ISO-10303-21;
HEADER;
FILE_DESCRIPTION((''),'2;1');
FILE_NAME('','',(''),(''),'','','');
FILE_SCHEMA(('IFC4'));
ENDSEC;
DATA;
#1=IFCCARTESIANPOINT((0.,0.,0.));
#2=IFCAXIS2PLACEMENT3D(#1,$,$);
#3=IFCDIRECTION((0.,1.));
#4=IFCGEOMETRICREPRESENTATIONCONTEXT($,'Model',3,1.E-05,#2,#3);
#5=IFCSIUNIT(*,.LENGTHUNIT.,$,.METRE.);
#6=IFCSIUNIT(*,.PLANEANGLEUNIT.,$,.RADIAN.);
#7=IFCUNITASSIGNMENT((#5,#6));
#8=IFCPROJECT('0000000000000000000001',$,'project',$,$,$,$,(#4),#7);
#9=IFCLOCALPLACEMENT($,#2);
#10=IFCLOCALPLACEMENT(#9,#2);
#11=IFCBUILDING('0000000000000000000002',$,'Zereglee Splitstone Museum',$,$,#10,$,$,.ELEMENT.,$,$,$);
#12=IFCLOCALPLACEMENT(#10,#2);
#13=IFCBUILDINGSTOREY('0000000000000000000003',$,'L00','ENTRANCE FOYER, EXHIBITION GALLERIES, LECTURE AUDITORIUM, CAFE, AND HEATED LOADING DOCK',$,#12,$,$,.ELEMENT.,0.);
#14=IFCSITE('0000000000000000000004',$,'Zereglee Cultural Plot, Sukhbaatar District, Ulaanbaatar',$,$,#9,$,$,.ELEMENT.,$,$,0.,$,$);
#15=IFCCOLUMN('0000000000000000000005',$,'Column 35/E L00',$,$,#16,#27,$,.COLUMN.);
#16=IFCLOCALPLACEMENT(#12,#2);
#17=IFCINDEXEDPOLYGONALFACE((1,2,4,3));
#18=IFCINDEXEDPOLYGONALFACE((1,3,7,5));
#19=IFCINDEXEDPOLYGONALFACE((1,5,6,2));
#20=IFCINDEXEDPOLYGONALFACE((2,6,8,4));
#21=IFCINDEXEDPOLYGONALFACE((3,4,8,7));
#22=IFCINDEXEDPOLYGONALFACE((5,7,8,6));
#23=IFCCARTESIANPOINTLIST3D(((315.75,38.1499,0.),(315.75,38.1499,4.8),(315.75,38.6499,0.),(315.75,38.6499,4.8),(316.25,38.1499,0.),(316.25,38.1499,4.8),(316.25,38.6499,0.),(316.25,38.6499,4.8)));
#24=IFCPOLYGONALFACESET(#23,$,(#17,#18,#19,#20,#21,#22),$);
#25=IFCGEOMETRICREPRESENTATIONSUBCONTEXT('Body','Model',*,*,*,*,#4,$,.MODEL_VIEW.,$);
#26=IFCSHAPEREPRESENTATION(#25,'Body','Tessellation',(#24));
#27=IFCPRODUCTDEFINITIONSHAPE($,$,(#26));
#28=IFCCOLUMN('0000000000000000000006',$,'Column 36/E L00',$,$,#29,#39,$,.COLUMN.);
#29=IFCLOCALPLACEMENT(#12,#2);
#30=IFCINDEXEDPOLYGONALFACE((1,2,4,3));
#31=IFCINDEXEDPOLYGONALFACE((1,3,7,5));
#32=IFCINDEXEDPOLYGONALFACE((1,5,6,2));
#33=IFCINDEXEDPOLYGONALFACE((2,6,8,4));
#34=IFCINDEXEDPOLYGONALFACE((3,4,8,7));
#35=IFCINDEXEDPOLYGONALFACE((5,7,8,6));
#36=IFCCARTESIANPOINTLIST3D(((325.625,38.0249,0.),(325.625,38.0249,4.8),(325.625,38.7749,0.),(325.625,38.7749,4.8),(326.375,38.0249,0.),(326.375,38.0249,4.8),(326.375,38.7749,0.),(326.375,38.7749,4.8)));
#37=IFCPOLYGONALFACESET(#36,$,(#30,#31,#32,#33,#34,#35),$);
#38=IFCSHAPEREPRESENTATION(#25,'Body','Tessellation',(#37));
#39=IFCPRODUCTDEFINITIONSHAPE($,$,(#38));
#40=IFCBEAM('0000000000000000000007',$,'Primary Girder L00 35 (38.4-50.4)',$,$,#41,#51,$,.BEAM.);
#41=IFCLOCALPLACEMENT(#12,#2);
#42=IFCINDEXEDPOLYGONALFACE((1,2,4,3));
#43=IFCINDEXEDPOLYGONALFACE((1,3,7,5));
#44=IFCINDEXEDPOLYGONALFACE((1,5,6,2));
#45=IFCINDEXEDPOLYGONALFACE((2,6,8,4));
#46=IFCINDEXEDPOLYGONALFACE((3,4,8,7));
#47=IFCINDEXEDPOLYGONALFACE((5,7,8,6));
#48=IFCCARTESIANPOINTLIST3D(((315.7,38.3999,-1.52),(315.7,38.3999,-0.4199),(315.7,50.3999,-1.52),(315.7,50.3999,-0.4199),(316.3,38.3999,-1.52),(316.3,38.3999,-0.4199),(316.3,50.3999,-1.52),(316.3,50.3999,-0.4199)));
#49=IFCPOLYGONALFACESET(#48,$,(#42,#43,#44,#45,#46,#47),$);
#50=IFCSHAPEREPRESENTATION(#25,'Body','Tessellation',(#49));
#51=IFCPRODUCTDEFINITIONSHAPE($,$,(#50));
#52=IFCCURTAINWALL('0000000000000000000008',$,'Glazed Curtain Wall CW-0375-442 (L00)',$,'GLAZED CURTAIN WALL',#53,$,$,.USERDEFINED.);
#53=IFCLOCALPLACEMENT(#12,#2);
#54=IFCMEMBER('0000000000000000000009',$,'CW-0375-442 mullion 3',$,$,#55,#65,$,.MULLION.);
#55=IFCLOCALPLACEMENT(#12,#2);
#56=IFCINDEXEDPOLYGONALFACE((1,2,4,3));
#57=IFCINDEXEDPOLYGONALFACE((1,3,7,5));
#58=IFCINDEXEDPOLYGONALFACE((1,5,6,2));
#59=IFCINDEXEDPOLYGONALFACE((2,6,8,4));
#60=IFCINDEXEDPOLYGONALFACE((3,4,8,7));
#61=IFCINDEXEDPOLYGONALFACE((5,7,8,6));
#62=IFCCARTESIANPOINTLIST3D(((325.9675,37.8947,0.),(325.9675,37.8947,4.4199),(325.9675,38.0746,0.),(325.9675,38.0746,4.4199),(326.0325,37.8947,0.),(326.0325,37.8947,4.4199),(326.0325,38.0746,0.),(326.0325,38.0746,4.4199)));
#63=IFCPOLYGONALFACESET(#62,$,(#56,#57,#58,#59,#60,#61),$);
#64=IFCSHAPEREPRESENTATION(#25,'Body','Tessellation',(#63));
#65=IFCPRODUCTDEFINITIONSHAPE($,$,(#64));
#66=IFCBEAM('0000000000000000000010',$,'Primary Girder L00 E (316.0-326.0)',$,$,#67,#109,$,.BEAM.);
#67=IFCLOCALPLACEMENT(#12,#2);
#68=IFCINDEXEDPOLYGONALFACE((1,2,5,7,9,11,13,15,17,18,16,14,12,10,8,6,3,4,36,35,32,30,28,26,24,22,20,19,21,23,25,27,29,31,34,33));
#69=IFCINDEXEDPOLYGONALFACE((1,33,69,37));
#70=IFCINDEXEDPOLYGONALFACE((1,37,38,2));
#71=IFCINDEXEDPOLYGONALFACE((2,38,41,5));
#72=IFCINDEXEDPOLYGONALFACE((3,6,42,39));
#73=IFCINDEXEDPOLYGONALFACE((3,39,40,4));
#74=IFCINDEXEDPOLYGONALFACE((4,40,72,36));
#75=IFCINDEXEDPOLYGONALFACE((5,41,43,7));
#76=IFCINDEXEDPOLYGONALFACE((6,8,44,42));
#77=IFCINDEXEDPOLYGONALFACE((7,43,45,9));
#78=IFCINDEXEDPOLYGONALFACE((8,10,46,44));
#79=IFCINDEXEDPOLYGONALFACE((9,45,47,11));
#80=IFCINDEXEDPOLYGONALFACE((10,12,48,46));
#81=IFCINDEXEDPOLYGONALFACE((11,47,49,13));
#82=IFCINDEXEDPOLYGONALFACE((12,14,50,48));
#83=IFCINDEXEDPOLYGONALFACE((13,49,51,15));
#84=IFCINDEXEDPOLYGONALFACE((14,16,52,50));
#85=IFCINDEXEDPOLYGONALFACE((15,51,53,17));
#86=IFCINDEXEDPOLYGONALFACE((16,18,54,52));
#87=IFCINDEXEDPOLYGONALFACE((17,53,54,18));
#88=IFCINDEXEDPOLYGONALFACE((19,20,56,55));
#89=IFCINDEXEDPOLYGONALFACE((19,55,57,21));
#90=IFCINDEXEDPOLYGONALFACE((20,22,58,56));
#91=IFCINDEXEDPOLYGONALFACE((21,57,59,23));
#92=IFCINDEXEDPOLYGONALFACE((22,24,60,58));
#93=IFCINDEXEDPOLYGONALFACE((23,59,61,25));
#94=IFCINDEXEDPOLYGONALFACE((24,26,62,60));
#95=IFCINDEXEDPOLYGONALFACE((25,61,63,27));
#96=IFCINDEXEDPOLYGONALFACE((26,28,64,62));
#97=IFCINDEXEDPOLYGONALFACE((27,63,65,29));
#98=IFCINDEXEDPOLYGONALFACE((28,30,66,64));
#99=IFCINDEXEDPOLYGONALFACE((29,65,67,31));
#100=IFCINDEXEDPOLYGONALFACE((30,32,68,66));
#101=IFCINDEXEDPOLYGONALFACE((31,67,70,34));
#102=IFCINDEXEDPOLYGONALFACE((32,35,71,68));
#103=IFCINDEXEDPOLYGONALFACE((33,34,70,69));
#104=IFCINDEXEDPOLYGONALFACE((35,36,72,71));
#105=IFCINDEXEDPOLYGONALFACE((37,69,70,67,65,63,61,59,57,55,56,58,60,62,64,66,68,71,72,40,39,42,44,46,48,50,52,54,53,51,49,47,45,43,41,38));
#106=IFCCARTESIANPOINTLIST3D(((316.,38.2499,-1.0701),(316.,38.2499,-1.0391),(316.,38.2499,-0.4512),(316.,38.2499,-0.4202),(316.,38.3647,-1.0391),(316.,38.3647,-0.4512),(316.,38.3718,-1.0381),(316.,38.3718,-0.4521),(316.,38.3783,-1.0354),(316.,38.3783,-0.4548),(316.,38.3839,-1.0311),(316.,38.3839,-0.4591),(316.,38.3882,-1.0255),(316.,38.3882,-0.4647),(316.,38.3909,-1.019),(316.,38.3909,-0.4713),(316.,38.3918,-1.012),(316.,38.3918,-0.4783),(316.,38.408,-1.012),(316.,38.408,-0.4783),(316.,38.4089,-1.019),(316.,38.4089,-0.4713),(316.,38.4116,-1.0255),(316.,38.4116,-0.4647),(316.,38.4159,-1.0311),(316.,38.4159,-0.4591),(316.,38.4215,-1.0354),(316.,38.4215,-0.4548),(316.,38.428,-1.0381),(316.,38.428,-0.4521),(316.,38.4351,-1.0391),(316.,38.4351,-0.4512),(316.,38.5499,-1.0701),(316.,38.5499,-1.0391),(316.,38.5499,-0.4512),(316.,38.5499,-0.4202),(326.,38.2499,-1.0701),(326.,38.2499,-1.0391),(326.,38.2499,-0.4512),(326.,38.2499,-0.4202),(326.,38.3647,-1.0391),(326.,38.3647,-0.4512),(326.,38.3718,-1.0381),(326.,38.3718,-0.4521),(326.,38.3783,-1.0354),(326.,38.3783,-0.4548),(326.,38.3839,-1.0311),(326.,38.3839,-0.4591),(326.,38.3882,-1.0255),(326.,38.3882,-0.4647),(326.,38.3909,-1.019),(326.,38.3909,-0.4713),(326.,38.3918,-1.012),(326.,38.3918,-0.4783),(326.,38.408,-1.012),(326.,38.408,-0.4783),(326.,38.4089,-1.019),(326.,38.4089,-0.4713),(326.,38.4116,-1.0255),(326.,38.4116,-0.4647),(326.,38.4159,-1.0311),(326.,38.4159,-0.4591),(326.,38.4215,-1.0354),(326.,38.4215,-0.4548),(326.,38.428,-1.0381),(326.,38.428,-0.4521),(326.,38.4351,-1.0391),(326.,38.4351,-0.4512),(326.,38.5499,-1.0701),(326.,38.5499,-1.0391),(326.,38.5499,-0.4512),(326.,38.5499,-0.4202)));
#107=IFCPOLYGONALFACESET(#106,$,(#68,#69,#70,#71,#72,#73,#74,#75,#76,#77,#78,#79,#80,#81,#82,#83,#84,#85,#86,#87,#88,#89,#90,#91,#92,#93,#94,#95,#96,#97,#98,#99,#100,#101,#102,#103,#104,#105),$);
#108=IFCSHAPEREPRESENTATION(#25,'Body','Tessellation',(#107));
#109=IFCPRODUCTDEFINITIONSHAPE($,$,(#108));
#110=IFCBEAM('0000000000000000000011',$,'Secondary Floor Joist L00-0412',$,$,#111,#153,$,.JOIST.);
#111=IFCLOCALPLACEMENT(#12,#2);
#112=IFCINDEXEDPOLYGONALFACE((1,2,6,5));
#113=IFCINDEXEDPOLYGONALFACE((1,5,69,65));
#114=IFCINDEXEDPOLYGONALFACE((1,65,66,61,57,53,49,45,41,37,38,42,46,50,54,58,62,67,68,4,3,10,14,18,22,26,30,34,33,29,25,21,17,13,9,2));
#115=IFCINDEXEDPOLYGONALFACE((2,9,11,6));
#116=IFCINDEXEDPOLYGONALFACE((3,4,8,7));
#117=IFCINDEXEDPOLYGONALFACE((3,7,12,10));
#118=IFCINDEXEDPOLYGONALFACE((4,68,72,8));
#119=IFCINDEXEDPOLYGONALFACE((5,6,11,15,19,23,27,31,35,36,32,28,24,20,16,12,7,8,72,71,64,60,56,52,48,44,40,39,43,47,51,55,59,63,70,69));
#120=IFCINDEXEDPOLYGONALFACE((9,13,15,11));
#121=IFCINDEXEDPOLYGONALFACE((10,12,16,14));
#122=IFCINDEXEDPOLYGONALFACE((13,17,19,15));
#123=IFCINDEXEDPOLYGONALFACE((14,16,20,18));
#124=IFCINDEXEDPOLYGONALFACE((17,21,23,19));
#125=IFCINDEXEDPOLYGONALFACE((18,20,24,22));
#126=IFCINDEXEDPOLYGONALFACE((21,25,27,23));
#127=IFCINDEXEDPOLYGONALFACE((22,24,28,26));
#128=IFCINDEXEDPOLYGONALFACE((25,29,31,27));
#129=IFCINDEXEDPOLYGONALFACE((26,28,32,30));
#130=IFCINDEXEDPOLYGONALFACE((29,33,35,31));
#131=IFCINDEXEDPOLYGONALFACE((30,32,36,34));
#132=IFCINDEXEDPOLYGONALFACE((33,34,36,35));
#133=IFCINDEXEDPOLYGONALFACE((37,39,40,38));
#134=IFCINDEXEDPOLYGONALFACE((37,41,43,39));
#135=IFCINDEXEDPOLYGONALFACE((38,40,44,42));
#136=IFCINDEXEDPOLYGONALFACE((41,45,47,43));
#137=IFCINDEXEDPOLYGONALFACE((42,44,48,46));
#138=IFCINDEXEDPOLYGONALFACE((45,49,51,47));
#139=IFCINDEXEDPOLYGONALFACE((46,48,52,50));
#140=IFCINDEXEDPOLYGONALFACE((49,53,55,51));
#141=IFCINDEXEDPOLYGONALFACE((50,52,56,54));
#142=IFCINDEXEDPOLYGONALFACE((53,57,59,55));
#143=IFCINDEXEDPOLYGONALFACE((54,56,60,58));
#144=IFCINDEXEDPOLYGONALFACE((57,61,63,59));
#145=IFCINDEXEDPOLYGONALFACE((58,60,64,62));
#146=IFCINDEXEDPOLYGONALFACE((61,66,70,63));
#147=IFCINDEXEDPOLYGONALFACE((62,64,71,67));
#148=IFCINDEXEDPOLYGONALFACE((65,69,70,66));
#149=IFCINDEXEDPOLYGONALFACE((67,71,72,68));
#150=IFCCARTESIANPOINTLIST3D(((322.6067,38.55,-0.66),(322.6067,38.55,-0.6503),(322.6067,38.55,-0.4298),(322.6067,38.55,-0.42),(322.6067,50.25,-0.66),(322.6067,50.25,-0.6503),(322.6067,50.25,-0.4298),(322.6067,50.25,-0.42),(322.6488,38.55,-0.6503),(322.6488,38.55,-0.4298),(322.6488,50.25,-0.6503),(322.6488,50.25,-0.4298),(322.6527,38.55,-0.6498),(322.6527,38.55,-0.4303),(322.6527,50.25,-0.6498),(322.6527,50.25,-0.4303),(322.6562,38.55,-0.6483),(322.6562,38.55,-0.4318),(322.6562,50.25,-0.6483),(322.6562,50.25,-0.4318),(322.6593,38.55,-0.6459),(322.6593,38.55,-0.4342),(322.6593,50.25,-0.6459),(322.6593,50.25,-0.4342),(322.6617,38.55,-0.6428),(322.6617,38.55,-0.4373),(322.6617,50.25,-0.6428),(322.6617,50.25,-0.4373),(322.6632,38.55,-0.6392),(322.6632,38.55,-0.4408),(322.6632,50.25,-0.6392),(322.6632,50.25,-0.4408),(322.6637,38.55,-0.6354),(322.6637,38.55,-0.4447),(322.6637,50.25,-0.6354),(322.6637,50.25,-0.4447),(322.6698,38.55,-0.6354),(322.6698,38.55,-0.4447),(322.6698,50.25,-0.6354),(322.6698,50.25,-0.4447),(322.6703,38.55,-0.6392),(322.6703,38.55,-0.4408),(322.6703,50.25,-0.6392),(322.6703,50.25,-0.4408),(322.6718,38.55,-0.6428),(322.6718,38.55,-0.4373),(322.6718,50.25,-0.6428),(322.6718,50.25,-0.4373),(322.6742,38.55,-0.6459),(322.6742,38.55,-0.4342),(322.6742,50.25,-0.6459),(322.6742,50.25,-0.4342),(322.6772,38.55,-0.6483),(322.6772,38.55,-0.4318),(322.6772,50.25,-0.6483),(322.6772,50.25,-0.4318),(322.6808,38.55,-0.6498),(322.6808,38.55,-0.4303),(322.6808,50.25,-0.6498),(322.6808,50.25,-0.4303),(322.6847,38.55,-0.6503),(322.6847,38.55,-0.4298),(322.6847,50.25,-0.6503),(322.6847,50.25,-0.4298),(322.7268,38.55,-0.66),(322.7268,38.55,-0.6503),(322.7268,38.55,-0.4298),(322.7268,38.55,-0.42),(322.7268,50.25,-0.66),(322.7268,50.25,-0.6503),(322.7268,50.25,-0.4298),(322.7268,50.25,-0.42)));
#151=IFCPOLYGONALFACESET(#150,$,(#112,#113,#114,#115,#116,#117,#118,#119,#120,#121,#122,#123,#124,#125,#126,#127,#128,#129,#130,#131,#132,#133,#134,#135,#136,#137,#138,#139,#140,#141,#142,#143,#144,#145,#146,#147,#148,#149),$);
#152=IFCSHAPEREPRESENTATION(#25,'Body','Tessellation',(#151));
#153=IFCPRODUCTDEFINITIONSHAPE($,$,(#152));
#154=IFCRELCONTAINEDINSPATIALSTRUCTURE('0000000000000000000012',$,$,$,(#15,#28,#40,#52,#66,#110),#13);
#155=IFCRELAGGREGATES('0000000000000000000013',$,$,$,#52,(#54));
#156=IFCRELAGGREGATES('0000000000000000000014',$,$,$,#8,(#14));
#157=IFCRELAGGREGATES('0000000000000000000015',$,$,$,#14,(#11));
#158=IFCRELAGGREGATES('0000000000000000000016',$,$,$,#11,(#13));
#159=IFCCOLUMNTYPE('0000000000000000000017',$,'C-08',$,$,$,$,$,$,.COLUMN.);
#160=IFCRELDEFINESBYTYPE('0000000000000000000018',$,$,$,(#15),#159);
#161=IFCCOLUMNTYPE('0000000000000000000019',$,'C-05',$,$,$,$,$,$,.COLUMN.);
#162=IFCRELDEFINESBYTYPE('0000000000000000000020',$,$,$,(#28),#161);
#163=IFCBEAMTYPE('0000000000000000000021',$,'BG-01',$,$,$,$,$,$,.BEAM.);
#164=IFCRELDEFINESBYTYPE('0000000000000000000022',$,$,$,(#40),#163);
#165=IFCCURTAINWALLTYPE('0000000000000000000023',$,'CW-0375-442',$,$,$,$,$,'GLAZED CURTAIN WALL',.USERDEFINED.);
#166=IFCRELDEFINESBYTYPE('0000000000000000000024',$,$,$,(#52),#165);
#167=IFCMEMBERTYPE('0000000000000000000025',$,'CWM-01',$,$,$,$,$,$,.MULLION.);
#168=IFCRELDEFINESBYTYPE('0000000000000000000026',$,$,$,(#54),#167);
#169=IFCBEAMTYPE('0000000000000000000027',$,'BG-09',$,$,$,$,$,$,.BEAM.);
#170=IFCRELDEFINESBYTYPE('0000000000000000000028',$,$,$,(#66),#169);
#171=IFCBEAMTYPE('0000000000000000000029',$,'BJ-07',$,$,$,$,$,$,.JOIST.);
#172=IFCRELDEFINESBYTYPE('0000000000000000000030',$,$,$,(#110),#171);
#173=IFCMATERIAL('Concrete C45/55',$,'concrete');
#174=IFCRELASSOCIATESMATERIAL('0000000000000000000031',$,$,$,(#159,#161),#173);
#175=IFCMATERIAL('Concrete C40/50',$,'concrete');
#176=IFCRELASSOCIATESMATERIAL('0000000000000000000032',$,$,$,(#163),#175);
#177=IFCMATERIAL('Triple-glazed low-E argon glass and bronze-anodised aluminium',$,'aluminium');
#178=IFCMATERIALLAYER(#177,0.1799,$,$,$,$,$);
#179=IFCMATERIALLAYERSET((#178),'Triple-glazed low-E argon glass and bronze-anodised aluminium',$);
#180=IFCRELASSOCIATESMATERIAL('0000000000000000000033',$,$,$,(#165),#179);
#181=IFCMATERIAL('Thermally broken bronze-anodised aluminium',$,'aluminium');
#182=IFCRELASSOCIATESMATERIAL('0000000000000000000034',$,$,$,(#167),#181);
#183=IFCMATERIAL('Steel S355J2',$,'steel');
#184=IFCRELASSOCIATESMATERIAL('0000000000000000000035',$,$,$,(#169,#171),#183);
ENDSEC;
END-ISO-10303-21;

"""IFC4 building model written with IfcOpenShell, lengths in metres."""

from ifc_helpers import new_model, si_unit, direction, frame, origin, origin_2d, place, context, subcontext, project, spatial, rectangle, i_section, extrude, material, layer, layer_set, material_profile, profile_set, type_object, element, aggregate, save


model = new_model("IFC4")

# Units and contexts
model_context = context("Model", 3, precision=1e-05, world=origin(), true_north=direction((0.0, 1.0)))
body_context = subcontext(model_context, "Body", "Model", "MODEL_VIEW")
ifc_project = project(units=[si_unit("LENGTHUNIT", "METRE"), si_unit("PLANEANGLEUNIT", "RADIAN")], contexts=[model_context])

# Site, building, storey
site_placement = place(None, origin())
site = spatial("IfcSite", under=ifc_project, at=site_placement, Name="Zereglee Cultural Plot, Sukhbaatar District, Ulaanbaatar", CompositionType="ELEMENT", RefElevation=0.0)
building_placement = place(site_placement, origin())
building = spatial("IfcBuilding", under=site, at=building_placement, Name="Zereglee Splitstone Museum", CompositionType="ELEMENT")
storey_placement = place(building_placement, origin())
storey = spatial("IfcBuildingStorey", under=building, at=storey_placement, Name="L00", Description="ENTRANCE FOYER, EXHIBITION GALLERIES, LECTURE AUDITORIUM, CAFE, AND HEATED LOADING DOCK", CompositionType="ELEMENT", Elevation=0.0)

# Columns
ifc_material_1 = material(Name="Concrete C45/55", Category="concrete")
ifc_material_profile_1 = material_profile(ifc_material_1, rectangle(XDim=0.5, YDim=0.5, at=origin_2d()), Name="RC 500x500")
ifc_profile_set_1 = profile_set([ifc_material_profile_1], Name="Concrete C45/55")
column_type_1 = type_object("IfcColumnType", Name="C-08", PredefinedType="COLUMN", material=ifc_profile_set_1)
column_1_placement = place(storey_placement, frame((316.0, 38.3999, 0.0), z_axis=(0.0, 0.0, 1.0), x_axis=(1.0, 0.0, 0.0)))
element("IfcColumn", 1, at=column_1_placement, inside=storey, type_object=column_type_1, Name="Column 35/E L00", PredefinedType="COLUMN", context=body_context, shape_type="SweptSolid", body=[
    extrude(rectangle(XDim=0.5, YDim=0.5, at=origin_2d()), origin(), (0.0, 0.0, 1.0), 4.8),
])
ifc_material_profile_2 = material_profile(ifc_material_1, rectangle(XDim=0.75, YDim=0.75, at=origin_2d()), Name="RC 750x750")
ifc_profile_set_2 = profile_set([ifc_material_profile_2], Name="Concrete C45/55")
column_type_2 = type_object("IfcColumnType", Name="C-05", PredefinedType="COLUMN", material=ifc_profile_set_2)
column_2_placement = place(storey_placement, frame((326.0, 38.3999, 0.0), z_axis=(0.0, 0.0, 1.0), x_axis=(1.0, 0.0, 0.0)))
element("IfcColumn", 2, at=column_2_placement, inside=storey, type_object=column_type_2, Name="Column 36/E L00", PredefinedType="COLUMN", context=body_context, shape_type="SweptSolid", body=[
    extrude(rectangle(XDim=0.75, YDim=0.75, at=origin_2d()), origin(), (0.0, 0.0, 1.0), 4.8),
])

# Beam
ifc_material_2 = material(Name="Concrete C40/50", Category="concrete")
ifc_material_profile_3 = material_profile(ifc_material_2, rectangle(XDim=0.6001, YDim=1.1001, at=origin_2d()), Name="RC 600x1100")
ifc_profile_set_3 = profile_set([ifc_material_profile_3], Name="Concrete C40/50")
beam_type_1 = type_object("IfcBeamType", Name="BG-01", PredefinedType="BEAM", material=ifc_profile_set_3)
beam_1_placement = place(storey_placement, frame((316.0, 38.3999, -0.97), z_axis=(0.0, 1.0, 0.0), x_axis=(-1.0, 0.0, 0.0)))
element("IfcBeam", 3, at=beam_1_placement, inside=storey, type_object=beam_type_1, Name="Primary Girder L00 35 (38.4-50.4)", PredefinedType="BEAM", context=body_context, shape_type="SweptSolid", body=[
    extrude(rectangle(XDim=0.6001, YDim=1.1001, at=origin_2d()), origin(), (0.0, 0.0, 1.0), 12.0),
])

# Curtain wall, member
ifc_material_3 = material(Name="Triple-glazed low-E argon glass and bronze-anodised aluminium", Category="aluminium")
ifc_layer_1 = layer(ifc_material_3, 0.1799)
ifc_layer_set_1 = layer_set([ifc_layer_1], Name="Triple-glazed low-E argon glass and bronze-anodised aluminium")
curtain_wall_type = type_object("IfcCurtainWallType", Name="CW-0375-442", ElementType="GLAZED CURTAIN WALL", PredefinedType="USERDEFINED", material=ifc_layer_set_1)
curtain_wall_placement = place(storey_placement, origin())
curtain_wall = element("IfcCurtainWall", 4, at=curtain_wall_placement, inside=storey, type_object=curtain_wall_type, Name="Glazed Curtain Wall CW-0375-442 (L00)", ObjectType="GLAZED CURTAIN WALL", PredefinedType="USERDEFINED")
ifc_material_4 = material(Name="Thermally broken bronze-anodised aluminium", Category="aluminium")
ifc_material_profile_4 = material_profile(ifc_material_4, rectangle(XDim=0.0649, YDim=0.1799, at=origin_2d()), Name="CW MULL 65x180")
ifc_profile_set_4 = profile_set([ifc_material_profile_4], Name="Thermally broken bronze-anodised aluminium")
member_type = type_object("IfcMemberType", Name="CWM-01", PredefinedType="MULLION", material=ifc_profile_set_4)
member_placement = place(storey_placement, frame((326.0, 37.9846, 0.0), z_axis=(0.0, 0.0, 1.0), x_axis=(-1.0, 0.0, 0.0)))
member = element("IfcMember", 5, at=member_placement, type_object=member_type, Name="CW-0375-442 mullion 3", PredefinedType="MULLION", context=body_context, shape_type="SweptSolid", body=[
    extrude(rectangle(XDim=0.0649, YDim=0.1799, at=origin_2d()), origin(), (0.0, 0.0, 1.0), 4.4199),
])

# Beams
ifc_material_5 = material(Name="Steel S355J2", Category="steel")
ifc_material_profile_5 = material_profile(ifc_material_5, i_section(OverallWidth=0.3, OverallDepth=0.6499, WebThickness=0.0161, FlangeThickness=0.031, FilletRadius=0.0271, at=origin_2d()), Name="HE 650 B")
ifc_profile_set_5 = profile_set([ifc_material_profile_5], Name="Steel S355J2")
beam_type_2 = type_object("IfcBeamType", Name="BG-09", PredefinedType="BEAM", material=ifc_profile_set_5)
beam_2_placement = place(storey_placement, frame((316.0, 38.3999, -0.7451), z_axis=(1.0, 0.0, 0.0), x_axis=(0.0, 1.0, 0.0)))
element("IfcBeam", 6, at=beam_2_placement, inside=storey, type_object=beam_type_2, Name="Primary Girder L00 E (316.0-326.0)", PredefinedType="BEAM", context=body_context, shape_type="SweptSolid", body=[
    extrude(i_section(OverallWidth=0.3, OverallDepth=0.6499, WebThickness=0.0161, FlangeThickness=0.031, FilletRadius=0.0271, at=origin_2d()), origin(), (0.0, 0.0, 1.0), 10.0),
])
ifc_material_profile_6 = material_profile(ifc_material_5, i_section(OverallWidth=0.1201, OverallDepth=0.24, WebThickness=0.0061, FlangeThickness=0.0098, FilletRadius=0.0149, at=origin_2d()), Name="IPE 240")
ifc_profile_set_6 = profile_set([ifc_material_profile_6], Name="Steel S355J2")
beam_type_3 = type_object("IfcBeamType", Name="BJ-07", PredefinedType="JOIST", material=ifc_profile_set_6)
beam_3_placement = place(storey_placement, frame((322.6667, 38.55, -0.54), z_axis=(0.0, 1.0, 0.0), x_axis=(-1.0, 0.0, 0.0)))
element("IfcBeam", 7, at=beam_3_placement, inside=storey, type_object=beam_type_3, Name="Secondary Floor Joist L00-0412", PredefinedType="JOIST", context=body_context, shape_type="SweptSolid", body=[
    extrude(i_section(OverallWidth=0.1201, OverallDepth=0.24, WebThickness=0.0061, FlangeThickness=0.0098, FilletRadius=0.0149, at=origin_2d()), origin(), (0.0, 0.0, 1.0), 11.7),
])

aggregate(curtain_wall, [member])

save(model, "model.ifc")
